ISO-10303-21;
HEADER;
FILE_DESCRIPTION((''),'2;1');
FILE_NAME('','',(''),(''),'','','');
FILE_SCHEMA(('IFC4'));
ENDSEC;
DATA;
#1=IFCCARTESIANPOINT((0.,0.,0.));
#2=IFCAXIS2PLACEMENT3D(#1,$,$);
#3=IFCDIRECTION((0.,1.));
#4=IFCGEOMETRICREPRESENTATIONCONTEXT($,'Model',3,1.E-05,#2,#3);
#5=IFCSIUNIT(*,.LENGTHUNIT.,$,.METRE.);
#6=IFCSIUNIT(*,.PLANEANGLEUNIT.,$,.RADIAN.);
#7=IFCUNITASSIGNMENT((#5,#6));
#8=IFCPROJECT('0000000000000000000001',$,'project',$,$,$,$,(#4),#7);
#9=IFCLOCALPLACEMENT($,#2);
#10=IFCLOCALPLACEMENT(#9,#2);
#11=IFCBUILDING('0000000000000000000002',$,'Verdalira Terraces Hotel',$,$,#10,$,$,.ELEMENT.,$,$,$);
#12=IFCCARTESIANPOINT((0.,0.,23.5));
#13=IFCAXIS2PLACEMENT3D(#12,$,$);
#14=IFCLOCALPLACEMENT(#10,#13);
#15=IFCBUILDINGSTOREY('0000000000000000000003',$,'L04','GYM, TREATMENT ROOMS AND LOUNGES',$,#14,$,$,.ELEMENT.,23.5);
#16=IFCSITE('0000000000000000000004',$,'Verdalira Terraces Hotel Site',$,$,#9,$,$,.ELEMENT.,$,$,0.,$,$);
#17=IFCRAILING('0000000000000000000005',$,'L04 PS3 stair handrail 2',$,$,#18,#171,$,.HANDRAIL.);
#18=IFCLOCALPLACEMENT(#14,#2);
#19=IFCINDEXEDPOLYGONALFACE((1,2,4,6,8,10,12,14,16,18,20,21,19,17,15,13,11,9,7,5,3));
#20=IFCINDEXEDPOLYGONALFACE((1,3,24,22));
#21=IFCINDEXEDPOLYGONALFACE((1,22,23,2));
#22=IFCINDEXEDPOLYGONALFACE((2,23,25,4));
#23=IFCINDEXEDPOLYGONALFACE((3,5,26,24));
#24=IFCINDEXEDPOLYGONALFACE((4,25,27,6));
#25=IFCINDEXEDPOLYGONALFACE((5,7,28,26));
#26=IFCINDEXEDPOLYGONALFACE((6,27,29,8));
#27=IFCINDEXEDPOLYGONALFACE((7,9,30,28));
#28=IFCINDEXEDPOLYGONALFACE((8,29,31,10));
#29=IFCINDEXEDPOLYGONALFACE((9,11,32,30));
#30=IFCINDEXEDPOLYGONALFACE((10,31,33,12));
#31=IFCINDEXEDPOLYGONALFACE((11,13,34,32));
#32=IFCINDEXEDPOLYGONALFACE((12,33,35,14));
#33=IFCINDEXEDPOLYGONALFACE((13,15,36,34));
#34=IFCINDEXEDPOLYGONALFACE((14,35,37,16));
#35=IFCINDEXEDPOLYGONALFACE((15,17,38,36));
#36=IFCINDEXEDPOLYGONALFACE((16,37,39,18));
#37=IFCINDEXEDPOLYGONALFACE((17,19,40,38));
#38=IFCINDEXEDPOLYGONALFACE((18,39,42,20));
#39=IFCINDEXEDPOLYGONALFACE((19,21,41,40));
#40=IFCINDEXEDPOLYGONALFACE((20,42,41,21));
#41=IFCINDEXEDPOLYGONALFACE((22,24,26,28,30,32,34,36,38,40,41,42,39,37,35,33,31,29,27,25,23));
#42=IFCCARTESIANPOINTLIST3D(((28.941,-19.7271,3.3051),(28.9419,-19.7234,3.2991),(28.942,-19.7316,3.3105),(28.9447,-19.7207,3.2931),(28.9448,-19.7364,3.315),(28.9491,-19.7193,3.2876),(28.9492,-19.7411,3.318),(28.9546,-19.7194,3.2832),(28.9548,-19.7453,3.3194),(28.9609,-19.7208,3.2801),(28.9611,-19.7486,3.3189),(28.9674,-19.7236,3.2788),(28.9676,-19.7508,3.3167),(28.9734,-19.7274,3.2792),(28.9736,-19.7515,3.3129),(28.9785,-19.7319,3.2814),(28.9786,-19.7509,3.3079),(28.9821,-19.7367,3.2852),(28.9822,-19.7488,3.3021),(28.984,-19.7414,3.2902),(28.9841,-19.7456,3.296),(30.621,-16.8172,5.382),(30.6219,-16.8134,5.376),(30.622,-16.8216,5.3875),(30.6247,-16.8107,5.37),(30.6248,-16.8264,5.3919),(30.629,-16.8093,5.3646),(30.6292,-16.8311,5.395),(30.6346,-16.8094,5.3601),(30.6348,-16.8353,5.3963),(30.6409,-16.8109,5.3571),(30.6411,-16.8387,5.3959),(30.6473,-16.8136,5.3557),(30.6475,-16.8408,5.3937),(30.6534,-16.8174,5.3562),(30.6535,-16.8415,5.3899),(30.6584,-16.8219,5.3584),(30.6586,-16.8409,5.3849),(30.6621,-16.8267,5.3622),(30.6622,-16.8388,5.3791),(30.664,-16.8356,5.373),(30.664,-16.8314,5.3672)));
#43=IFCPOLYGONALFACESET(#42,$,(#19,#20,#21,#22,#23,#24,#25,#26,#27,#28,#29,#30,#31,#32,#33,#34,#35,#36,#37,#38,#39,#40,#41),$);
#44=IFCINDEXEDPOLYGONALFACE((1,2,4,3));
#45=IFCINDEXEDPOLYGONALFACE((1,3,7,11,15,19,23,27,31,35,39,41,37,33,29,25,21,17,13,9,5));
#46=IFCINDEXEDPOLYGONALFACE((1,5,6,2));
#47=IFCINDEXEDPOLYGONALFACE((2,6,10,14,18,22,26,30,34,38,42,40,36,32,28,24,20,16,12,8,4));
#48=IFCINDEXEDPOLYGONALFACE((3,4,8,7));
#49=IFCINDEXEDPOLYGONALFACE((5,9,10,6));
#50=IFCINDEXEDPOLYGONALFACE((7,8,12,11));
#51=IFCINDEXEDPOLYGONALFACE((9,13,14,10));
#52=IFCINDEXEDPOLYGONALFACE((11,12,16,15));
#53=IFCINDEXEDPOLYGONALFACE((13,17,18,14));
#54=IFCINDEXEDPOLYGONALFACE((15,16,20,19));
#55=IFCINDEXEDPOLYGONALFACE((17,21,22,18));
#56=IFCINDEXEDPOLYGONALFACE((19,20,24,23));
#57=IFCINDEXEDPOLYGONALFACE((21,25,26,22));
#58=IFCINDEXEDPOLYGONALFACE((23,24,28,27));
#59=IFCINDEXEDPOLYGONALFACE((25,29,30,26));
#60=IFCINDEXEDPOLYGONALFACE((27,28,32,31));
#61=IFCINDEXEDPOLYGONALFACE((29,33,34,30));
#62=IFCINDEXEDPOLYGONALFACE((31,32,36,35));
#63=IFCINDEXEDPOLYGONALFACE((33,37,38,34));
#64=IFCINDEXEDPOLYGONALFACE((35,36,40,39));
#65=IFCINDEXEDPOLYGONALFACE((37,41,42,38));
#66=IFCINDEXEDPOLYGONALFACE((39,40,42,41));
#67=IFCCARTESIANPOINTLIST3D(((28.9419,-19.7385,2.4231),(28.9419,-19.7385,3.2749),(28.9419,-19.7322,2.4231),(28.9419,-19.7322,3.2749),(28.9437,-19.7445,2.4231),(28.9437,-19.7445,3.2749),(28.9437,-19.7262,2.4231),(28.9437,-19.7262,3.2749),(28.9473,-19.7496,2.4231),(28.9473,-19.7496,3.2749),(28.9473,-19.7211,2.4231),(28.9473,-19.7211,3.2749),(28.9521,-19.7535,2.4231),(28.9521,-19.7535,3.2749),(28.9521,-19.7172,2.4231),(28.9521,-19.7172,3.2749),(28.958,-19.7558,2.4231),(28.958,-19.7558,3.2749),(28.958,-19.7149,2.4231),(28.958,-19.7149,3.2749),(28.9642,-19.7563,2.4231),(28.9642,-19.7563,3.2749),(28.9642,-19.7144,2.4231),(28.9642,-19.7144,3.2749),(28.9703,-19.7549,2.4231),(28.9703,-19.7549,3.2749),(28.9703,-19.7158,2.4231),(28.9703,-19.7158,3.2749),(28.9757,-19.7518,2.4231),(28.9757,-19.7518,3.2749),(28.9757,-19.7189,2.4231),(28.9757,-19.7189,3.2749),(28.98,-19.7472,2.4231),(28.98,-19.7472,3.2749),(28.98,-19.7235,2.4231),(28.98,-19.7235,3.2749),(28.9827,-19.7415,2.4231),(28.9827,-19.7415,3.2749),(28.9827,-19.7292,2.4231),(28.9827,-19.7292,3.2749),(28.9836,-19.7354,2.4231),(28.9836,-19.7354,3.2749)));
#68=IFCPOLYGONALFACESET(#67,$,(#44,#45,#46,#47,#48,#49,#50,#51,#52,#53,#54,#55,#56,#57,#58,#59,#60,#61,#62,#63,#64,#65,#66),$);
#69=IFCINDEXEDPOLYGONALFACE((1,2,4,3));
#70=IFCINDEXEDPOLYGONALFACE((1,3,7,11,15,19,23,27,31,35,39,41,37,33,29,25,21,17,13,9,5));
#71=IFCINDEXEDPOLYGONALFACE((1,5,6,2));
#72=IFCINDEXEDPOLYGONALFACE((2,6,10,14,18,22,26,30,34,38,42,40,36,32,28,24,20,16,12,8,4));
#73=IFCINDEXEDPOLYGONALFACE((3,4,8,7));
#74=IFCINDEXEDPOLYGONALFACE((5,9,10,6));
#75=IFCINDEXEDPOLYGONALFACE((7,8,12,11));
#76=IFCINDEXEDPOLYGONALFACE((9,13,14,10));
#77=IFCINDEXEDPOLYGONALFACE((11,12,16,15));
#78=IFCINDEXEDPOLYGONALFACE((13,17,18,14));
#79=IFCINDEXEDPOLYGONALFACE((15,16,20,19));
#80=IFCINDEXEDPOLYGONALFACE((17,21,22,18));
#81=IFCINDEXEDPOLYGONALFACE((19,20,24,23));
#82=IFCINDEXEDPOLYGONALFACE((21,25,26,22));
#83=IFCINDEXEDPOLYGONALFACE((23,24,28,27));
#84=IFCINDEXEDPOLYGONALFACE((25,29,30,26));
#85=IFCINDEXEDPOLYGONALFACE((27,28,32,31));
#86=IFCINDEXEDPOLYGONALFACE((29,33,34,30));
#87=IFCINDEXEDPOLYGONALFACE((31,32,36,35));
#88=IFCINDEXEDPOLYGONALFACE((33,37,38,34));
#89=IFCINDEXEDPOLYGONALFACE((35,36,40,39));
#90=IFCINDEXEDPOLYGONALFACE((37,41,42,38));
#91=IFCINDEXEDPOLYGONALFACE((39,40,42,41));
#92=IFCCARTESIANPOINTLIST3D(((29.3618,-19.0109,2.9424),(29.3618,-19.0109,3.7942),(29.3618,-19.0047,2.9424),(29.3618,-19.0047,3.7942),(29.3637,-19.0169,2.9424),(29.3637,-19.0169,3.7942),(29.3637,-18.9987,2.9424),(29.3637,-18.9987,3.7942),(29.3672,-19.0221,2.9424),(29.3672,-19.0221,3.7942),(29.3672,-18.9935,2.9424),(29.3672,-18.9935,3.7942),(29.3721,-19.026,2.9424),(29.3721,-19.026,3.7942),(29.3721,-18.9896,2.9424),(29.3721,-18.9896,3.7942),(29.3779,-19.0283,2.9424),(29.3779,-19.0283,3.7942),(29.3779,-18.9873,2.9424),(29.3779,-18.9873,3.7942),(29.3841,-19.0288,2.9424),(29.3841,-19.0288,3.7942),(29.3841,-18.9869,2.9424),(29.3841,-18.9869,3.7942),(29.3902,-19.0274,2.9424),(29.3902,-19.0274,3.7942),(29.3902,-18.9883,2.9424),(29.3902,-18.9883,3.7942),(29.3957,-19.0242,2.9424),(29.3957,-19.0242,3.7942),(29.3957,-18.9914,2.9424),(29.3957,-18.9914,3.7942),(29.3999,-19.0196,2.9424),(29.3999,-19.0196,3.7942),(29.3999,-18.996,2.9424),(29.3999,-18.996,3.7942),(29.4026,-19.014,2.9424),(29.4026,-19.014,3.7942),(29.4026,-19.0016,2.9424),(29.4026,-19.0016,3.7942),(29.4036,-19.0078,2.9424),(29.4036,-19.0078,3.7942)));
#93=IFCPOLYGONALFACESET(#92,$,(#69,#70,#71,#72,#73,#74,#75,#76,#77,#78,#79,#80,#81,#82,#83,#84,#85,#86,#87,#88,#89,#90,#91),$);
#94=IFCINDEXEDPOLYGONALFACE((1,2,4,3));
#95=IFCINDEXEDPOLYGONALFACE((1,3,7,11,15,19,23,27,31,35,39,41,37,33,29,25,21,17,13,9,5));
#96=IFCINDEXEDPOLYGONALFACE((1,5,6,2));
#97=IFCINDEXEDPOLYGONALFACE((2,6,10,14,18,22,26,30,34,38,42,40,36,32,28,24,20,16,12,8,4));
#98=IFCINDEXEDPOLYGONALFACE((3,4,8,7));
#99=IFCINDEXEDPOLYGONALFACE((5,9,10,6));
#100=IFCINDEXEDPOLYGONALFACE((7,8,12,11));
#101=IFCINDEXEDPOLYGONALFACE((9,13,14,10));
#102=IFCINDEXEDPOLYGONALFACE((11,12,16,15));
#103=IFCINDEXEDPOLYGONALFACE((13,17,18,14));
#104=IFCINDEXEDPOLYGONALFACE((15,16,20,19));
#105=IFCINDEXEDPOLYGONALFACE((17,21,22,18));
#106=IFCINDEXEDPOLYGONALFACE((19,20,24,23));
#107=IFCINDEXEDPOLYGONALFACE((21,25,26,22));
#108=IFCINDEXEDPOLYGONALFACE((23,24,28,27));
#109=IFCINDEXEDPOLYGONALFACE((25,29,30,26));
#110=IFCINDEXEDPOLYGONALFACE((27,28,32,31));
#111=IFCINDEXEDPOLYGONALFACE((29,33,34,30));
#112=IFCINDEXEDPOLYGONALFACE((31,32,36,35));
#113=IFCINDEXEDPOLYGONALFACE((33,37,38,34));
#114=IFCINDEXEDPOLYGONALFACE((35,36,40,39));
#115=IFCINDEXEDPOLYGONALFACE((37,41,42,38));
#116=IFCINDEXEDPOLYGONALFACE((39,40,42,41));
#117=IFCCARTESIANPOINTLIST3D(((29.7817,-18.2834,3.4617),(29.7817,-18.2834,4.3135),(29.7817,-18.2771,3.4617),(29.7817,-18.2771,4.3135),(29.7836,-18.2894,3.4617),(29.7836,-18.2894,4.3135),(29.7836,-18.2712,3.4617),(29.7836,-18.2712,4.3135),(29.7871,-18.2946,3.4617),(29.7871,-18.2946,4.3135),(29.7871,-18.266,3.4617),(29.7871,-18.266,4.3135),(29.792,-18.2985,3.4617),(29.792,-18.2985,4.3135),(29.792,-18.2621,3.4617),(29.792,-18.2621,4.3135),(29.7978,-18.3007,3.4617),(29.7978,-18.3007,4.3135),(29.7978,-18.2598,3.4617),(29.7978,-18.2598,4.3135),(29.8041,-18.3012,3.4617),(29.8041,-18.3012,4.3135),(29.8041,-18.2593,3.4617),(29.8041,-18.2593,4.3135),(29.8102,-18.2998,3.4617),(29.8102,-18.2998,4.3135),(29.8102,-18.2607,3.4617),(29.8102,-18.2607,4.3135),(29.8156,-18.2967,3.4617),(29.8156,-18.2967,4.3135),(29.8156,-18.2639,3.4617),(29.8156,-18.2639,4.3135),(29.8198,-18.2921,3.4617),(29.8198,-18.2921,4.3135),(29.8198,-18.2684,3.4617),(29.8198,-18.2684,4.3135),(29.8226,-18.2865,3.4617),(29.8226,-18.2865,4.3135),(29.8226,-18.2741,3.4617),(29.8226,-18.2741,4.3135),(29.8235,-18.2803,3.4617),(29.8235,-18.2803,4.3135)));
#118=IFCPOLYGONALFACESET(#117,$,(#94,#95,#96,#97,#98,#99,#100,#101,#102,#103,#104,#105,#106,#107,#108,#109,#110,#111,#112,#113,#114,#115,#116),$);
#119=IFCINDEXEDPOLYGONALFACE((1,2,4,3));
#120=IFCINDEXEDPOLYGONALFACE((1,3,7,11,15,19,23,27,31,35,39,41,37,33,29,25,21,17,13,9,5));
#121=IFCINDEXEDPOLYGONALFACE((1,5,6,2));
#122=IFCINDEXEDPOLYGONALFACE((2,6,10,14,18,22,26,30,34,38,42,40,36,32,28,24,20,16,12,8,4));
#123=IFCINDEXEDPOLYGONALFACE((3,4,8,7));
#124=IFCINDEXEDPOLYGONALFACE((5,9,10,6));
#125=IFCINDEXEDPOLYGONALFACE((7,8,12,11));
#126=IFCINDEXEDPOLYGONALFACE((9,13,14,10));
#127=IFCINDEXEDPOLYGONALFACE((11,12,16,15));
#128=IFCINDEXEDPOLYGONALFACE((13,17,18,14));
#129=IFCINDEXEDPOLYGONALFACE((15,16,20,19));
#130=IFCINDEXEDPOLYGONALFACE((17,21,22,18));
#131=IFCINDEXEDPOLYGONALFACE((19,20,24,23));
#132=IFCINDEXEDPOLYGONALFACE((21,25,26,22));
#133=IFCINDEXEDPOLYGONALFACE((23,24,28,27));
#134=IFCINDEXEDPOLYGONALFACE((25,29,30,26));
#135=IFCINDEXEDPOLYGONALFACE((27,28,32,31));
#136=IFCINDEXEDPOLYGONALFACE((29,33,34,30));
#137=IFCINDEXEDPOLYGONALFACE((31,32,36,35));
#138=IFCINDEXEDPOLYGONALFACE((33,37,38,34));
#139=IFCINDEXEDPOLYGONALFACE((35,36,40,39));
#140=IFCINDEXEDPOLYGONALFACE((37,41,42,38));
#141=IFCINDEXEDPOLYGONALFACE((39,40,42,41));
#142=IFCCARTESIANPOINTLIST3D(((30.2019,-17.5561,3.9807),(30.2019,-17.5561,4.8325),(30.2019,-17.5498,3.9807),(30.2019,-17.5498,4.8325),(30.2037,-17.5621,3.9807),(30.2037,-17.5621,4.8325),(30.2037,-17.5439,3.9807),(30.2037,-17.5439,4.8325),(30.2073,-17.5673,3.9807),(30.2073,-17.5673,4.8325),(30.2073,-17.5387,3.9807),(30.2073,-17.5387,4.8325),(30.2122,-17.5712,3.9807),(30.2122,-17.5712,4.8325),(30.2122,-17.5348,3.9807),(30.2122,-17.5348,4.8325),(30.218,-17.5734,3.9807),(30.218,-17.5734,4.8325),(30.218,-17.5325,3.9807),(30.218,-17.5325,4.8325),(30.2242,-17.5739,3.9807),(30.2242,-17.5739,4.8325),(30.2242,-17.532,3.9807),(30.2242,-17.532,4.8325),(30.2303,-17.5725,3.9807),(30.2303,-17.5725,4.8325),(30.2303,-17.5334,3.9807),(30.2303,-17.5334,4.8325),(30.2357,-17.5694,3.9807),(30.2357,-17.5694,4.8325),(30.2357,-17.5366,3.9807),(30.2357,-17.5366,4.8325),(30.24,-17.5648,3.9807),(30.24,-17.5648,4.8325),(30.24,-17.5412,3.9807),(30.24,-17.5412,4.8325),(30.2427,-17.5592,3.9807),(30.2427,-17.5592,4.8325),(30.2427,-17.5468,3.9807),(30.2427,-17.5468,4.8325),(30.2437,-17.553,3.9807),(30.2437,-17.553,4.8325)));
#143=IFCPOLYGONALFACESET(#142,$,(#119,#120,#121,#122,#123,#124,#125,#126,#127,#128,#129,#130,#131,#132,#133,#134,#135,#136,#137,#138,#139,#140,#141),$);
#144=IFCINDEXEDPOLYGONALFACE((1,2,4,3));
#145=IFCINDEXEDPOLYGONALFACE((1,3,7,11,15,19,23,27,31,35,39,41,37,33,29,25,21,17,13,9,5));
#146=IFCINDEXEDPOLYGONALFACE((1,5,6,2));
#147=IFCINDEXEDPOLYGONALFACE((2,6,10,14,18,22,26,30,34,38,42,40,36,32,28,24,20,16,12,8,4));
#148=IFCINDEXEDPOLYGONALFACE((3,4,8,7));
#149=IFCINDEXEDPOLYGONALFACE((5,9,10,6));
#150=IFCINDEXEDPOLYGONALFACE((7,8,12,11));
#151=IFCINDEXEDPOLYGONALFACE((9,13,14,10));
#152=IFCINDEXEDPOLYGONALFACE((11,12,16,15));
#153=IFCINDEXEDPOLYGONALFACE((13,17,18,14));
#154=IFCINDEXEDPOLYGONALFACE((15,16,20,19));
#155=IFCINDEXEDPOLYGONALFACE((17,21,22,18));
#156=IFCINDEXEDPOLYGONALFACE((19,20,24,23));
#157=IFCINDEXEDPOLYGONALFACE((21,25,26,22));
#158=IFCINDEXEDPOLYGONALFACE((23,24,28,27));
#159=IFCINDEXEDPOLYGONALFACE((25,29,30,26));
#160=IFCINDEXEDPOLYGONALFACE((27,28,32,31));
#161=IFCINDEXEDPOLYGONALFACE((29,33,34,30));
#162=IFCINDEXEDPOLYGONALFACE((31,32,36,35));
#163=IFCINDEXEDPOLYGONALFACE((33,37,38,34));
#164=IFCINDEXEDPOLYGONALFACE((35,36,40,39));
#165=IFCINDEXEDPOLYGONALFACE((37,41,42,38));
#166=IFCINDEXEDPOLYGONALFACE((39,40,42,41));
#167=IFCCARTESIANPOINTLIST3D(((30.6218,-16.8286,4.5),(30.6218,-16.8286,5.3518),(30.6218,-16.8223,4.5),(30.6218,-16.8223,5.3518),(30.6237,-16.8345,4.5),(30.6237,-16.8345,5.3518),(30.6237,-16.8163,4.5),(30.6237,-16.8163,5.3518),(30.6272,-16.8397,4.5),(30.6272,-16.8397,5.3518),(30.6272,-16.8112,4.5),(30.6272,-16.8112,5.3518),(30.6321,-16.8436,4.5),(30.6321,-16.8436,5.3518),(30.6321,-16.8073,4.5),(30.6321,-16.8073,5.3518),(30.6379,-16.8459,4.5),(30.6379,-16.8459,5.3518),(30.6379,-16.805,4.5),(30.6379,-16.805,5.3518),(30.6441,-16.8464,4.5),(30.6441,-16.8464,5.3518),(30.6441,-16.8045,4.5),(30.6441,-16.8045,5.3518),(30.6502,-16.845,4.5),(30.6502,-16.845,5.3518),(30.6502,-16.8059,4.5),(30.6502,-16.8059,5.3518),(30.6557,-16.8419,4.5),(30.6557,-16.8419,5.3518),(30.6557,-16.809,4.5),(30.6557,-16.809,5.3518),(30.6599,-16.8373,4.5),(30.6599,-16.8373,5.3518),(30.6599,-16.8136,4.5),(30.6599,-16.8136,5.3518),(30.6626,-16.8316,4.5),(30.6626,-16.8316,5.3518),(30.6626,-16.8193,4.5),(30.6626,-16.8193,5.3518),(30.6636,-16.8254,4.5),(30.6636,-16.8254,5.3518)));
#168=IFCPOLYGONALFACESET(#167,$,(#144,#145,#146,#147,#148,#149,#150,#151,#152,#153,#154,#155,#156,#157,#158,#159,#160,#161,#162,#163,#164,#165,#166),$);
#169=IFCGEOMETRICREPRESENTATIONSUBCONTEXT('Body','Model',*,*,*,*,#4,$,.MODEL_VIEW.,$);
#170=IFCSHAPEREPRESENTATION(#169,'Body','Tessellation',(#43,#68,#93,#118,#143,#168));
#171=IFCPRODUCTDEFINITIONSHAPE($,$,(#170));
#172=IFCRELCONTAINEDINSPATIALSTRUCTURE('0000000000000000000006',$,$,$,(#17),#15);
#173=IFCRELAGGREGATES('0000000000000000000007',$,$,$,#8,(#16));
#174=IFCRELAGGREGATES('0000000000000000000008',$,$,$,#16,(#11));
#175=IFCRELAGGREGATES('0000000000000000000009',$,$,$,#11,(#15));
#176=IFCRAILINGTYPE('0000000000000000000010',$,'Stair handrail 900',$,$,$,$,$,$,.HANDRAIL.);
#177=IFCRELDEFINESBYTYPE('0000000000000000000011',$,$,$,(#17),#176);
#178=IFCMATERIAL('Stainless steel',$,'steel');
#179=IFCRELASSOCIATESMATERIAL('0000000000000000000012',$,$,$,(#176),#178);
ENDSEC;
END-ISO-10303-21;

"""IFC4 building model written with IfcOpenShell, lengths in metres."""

from ifc_helpers import new_model, si_unit, direction, frame, origin, origin_2d, place, context, subcontext, project, spatial, circle, extrude, material, type_object, element, save


model = new_model("IFC4")

# Units and contexts
model_context = context("Model", 3, precision=1e-05, world=origin(), true_north=direction((0.0, 1.0)))
body_context = subcontext(model_context, "Body", "Model", "MODEL_VIEW")
ifc_project = project(units=[si_unit("LENGTHUNIT", "METRE"), si_unit("PLANEANGLEUNIT", "RADIAN")], contexts=[model_context])

# Site, building, storey
site_placement = place(None, origin())
site = spatial("IfcSite", under=ifc_project, at=site_placement, Name="Verdalira Terraces Hotel Site", CompositionType="ELEMENT", RefElevation=0.0)
building_placement = place(site_placement, origin())
building = spatial("IfcBuilding", under=site, at=building_placement, Name="Verdalira Terraces Hotel", CompositionType="ELEMENT")
storey_placement = place(building_placement, frame((0.0, 0.0, 23.5)))
storey = spatial("IfcBuildingStorey", under=building, at=storey_placement, Name="L04", Description="GYM, TREATMENT ROOMS AND LOUNGES", CompositionType="ELEMENT", Elevation=23.5)

# Railing
ifc_material_1 = material(Name="Stainless steel", Category="steel")
railing_type_1 = type_object("IfcRailingType", Name="Stair handrail 900", PredefinedType="HANDRAIL", material=ifc_material_1)
railing_1_placement = place(storey_placement, frame((28.9626, -19.7354, 2.4231)))
element("IfcRailing", 1, at=railing_1_placement, inside=storey, type_object=railing_type_1, Name="L04 PS3 stair handrail 2", PredefinedType="HANDRAIL", context=body_context, shape_type="SweptSolid", body=[
    extrude(circle(Radius=0.0239, at=origin_2d()), frame((0.0, 0.0, 0.876), z_axis=(0.425288, 0.736668, 0.525785), x_axis=(-0.866039, 0.499976, 0.0)), (0.0, 0.0, 1.0), 3.9502),
    extrude(circle(Radius=0.021, at=origin_2d()), origin(), (0.0, 0.0, 1.0), 0.8518),
    extrude(circle(Radius=0.021, at=origin_2d()), frame((0.4199, 0.7275, 0.5193)), (0.0, 0.0, 1.0), 0.8518),
    extrude(circle(Radius=0.021, at=origin_2d()), frame((0.8398, 1.4551, 1.0386)), (0.0, 0.0, 1.0), 0.8518),
    extrude(circle(Radius=0.021, at=origin_2d()), frame((1.26, 2.1824, 1.5576)), (0.0, 0.0, 1.0), 0.8518),
    extrude(circle(Radius=0.021, at=origin_2d()), frame((1.6799, 2.9099, 2.0769)), (0.0, 0.0, 1.0), 0.8518),
])

save(model, "model.ifc")
